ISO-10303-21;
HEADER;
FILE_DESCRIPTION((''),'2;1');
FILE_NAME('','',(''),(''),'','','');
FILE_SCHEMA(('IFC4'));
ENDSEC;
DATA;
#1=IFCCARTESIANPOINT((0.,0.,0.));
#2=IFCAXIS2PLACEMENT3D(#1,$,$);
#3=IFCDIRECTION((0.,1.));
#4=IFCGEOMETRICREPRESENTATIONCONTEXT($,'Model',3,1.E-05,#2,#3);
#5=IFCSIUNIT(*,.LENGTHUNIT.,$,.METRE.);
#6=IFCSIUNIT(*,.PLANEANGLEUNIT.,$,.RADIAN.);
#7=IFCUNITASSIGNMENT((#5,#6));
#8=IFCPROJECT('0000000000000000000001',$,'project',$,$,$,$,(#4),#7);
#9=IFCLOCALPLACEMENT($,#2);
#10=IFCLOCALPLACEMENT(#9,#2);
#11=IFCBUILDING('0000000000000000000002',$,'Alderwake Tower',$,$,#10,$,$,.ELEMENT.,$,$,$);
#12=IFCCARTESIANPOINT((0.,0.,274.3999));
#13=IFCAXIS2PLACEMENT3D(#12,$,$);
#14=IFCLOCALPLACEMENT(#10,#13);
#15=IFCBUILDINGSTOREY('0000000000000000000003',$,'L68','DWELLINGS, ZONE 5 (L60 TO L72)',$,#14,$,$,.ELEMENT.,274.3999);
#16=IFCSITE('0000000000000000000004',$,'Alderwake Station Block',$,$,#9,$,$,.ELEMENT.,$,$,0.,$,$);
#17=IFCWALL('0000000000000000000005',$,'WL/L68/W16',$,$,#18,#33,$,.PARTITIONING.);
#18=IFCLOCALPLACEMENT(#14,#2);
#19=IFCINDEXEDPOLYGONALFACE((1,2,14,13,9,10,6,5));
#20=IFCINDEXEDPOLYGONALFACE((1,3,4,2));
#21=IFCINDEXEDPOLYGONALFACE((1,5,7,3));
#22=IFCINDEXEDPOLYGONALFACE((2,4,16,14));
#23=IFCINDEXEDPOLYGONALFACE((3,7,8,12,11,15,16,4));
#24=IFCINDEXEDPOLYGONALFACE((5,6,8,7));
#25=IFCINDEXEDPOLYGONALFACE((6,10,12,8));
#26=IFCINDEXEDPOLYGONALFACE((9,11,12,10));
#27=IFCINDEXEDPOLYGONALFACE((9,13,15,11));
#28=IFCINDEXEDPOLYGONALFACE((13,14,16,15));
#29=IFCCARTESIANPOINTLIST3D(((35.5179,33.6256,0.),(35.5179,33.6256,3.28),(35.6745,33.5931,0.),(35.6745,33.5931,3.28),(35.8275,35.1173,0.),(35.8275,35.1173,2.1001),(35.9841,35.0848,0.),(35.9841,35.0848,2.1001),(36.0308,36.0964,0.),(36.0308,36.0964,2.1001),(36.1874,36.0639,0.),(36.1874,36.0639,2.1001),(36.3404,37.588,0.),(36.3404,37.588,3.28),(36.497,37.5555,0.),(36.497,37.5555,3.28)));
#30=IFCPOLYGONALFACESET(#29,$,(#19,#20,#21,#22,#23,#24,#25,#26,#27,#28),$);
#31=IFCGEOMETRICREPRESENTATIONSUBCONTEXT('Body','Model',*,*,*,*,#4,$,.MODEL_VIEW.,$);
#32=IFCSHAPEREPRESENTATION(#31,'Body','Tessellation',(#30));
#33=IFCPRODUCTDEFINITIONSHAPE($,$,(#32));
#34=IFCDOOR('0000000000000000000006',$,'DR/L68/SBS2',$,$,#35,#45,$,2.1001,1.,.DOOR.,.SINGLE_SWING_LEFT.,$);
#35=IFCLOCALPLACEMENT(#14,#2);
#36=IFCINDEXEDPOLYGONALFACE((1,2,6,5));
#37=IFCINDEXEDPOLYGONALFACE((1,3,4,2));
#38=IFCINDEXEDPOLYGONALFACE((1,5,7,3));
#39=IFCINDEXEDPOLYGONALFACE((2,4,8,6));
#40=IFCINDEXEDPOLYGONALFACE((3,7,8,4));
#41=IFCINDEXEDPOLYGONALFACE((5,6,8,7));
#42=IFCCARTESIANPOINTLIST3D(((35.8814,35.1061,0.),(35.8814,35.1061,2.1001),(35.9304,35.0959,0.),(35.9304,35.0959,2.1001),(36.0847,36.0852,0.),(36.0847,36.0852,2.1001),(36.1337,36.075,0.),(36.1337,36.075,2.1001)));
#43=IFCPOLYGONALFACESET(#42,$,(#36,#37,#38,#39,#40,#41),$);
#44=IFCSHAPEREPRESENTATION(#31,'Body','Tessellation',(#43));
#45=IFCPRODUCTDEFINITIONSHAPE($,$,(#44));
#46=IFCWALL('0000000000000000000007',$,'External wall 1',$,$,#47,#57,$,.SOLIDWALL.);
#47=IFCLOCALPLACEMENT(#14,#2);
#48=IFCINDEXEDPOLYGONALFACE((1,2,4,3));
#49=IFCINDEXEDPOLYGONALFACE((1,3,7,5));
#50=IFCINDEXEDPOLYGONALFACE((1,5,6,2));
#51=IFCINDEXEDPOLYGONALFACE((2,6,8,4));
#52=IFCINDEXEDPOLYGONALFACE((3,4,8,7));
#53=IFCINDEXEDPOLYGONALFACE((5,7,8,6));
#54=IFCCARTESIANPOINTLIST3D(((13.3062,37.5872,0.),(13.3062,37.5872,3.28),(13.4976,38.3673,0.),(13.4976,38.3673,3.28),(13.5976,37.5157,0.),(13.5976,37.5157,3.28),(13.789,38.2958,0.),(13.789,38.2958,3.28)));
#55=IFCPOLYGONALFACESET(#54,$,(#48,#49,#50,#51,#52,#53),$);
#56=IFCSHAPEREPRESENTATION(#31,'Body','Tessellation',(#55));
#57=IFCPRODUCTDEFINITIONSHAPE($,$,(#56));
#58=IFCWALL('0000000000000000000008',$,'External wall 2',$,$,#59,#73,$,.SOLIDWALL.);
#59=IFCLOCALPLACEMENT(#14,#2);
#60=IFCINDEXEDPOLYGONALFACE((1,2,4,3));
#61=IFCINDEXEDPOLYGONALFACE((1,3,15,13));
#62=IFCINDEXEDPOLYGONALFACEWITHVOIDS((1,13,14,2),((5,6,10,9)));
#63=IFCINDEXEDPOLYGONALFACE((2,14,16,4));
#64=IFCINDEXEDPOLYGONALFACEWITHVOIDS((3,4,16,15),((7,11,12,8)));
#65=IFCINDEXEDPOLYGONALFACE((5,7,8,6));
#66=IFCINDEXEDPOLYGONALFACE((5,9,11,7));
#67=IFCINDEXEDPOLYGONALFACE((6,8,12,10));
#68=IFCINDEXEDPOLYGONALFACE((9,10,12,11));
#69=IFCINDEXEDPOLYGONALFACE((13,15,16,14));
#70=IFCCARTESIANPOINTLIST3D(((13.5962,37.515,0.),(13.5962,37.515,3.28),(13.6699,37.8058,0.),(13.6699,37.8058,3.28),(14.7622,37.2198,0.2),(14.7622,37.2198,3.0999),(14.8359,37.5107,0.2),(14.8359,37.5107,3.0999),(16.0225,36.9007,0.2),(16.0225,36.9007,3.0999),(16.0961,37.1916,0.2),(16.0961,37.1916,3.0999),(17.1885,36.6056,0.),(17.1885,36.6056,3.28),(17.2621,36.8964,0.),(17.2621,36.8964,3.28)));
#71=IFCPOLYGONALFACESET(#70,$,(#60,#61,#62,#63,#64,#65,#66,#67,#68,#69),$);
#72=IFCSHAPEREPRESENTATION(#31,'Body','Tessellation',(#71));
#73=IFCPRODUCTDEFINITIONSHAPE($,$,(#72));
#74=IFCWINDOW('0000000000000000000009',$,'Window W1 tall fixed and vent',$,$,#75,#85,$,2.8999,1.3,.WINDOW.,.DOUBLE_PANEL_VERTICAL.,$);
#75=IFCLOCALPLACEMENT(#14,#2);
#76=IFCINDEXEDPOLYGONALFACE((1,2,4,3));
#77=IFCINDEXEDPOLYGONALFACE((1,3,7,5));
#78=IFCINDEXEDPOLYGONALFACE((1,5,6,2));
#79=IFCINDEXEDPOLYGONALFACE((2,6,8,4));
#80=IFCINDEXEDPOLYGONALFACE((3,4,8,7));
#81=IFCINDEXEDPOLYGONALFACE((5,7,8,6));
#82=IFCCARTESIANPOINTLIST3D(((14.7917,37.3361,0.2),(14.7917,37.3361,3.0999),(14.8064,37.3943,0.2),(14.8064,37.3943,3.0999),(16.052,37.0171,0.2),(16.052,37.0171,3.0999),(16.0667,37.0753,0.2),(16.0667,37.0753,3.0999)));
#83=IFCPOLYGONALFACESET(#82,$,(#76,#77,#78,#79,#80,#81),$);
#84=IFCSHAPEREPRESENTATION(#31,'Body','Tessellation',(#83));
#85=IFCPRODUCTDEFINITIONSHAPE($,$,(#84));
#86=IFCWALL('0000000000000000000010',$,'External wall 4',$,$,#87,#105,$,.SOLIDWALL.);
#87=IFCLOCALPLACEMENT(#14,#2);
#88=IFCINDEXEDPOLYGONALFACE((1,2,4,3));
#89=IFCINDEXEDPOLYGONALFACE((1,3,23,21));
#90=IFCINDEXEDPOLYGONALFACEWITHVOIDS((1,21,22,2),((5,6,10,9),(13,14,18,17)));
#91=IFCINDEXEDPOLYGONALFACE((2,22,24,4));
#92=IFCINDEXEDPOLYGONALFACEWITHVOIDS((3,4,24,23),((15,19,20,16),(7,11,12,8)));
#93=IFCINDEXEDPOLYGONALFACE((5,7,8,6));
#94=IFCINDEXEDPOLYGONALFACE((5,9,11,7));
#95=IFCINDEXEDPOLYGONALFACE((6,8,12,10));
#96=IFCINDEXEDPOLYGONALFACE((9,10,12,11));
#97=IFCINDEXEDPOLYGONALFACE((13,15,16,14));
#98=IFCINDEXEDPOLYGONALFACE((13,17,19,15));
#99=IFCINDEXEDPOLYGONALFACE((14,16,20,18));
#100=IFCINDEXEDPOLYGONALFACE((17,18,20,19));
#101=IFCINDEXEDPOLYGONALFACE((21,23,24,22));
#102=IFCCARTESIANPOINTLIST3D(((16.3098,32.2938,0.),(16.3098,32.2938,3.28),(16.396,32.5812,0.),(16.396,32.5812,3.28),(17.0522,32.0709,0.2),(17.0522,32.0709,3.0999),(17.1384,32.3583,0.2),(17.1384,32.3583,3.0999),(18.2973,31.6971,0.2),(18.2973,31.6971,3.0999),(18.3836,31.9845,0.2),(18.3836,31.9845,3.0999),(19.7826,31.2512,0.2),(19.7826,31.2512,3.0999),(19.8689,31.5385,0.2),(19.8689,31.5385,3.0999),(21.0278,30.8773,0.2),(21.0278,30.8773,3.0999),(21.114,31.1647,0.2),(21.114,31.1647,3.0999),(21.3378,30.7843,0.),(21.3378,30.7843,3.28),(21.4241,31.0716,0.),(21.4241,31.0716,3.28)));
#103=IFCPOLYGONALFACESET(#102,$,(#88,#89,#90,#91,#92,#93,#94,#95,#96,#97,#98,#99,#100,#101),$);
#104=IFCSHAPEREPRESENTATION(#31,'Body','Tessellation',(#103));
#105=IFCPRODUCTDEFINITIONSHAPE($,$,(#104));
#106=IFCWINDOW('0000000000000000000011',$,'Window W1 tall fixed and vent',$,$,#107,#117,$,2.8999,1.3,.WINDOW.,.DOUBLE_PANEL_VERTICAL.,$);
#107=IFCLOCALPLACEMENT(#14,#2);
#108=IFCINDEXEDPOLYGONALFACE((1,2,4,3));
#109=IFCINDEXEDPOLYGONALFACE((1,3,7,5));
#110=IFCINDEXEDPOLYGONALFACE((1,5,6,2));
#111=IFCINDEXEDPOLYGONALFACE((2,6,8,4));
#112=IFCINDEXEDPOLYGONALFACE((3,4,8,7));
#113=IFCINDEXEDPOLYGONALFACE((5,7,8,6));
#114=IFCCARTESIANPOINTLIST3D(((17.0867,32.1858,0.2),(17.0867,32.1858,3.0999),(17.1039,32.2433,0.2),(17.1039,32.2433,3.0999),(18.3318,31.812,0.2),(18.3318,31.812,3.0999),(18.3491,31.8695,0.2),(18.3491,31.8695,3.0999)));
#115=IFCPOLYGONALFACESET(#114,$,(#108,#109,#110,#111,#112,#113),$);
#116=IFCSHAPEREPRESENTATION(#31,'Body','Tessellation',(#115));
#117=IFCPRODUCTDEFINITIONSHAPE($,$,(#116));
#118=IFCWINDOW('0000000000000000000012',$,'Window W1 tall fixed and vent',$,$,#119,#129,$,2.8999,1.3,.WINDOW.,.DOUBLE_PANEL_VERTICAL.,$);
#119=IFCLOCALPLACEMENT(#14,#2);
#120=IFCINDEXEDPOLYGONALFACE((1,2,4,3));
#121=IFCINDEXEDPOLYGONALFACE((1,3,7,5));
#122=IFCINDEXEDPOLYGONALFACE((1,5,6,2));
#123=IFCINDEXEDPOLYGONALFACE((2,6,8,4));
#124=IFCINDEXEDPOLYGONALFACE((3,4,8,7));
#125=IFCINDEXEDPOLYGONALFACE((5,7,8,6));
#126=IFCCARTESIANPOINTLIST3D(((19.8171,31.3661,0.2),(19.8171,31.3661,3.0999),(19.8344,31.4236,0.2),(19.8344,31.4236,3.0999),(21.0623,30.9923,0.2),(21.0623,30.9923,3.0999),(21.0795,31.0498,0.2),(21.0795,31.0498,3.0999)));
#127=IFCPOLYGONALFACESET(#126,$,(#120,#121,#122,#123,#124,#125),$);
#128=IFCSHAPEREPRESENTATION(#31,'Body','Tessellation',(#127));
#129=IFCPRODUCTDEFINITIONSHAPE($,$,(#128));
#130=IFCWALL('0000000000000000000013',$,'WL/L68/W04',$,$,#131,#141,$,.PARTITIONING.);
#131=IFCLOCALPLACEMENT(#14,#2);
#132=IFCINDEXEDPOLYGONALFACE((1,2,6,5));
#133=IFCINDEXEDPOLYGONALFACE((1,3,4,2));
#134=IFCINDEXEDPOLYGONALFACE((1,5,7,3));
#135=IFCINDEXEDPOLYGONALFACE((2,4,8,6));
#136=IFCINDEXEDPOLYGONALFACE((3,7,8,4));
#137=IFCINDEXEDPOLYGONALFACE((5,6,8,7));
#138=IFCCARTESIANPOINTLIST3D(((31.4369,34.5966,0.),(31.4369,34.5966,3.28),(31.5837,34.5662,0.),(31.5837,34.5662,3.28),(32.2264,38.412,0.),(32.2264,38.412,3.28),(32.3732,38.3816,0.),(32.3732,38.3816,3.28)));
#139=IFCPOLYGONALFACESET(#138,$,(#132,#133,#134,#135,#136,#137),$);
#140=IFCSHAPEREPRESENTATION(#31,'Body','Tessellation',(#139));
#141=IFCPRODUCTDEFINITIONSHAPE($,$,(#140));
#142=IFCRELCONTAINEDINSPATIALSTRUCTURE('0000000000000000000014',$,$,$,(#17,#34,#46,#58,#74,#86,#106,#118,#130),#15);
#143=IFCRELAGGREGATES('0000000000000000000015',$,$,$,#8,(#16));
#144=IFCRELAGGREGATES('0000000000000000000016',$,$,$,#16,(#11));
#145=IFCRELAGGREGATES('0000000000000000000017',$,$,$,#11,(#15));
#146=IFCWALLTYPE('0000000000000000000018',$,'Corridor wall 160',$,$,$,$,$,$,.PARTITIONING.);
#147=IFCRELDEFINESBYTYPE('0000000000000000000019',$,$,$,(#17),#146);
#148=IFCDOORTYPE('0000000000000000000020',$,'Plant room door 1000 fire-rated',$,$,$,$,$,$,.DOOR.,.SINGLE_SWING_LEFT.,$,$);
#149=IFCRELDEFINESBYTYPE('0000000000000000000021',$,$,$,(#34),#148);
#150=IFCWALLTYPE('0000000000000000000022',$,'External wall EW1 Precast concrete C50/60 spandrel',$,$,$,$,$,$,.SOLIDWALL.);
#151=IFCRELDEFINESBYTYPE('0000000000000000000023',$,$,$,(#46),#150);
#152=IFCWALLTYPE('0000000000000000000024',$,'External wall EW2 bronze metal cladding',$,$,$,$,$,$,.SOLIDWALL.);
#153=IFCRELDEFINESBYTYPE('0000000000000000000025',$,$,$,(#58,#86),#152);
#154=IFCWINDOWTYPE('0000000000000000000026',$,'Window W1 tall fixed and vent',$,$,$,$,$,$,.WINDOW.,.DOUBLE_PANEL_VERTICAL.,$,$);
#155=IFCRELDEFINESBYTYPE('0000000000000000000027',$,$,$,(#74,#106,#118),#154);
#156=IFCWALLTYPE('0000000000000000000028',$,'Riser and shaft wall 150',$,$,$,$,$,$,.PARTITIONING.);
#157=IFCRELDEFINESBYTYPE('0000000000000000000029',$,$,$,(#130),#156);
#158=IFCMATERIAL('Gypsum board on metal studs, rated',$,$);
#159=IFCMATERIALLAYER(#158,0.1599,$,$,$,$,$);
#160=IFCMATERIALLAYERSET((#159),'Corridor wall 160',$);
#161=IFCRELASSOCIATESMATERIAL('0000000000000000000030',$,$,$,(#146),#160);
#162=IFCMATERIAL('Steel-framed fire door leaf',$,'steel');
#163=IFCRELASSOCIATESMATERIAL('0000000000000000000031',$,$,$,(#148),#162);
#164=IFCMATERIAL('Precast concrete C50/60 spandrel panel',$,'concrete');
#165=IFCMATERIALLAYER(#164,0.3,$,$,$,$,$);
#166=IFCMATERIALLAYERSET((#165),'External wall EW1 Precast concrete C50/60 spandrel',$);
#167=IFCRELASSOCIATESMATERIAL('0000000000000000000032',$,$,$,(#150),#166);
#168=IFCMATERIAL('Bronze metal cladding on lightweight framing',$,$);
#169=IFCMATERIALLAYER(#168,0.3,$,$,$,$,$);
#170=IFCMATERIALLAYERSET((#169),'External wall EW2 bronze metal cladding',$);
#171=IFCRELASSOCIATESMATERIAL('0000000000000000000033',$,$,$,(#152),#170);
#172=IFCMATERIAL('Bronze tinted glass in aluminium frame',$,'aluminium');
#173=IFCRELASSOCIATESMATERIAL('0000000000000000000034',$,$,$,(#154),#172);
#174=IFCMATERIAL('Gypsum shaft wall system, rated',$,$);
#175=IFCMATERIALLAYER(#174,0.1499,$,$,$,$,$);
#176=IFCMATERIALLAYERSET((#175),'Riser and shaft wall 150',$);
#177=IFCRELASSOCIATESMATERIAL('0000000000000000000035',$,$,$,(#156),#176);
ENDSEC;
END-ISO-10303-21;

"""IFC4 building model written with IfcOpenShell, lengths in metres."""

from ifc_helpers import new_model, si_unit, direction, frame, frame_2d, origin, place, context, subcontext, project, spatial, rectangle, extrude, material, layer, layer_set, type_object, element, fill, save


model = new_model("IFC4")

# Units and contexts
model_context = context("Model", 3, precision=1e-05, world=origin(), true_north=direction((0.0, 1.0)))
body_context = subcontext(model_context, "Body", "Model", "MODEL_VIEW")
ifc_project = project(units=[si_unit("LENGTHUNIT", "METRE"), si_unit("PLANEANGLEUNIT", "RADIAN")], contexts=[model_context])

# Site, building, storey
site_placement = place(None, origin())
site = spatial("IfcSite", under=ifc_project, at=site_placement, Name="Alderwake Station Block", CompositionType="ELEMENT", RefElevation=0.0)
building_placement = place(site_placement, origin())
building = spatial("IfcBuilding", under=site, at=building_placement, Name="Alderwake Tower", CompositionType="ELEMENT")
storey_placement = place(building_placement, frame((0.0, 0.0, 274.3999)))
storey = spatial("IfcBuildingStorey", under=building, at=storey_placement, Name="L68", Description="DWELLINGS, ZONE 5 (L60 TO L72)", CompositionType="ELEMENT", Elevation=274.3999)

# Shared definitions
ifc_material_1 = material(Name="Gypsum board on metal studs, rated")
ifc_layer_1 = layer(ifc_material_1, 0.1599)
ifc_layer_set_1 = layer_set([ifc_layer_1], Name="Corridor wall 160")
wall_type_1 = type_object("IfcWallType", Name="Corridor wall 160", PredefinedType="PARTITIONING", material=ifc_layer_set_1)

# Wall, opening, door
wall_1_placement = place(storey_placement, frame((35.5962, 33.6094, 0.0), z_axis=(0.0, 0.0, 1.0), x_axis=(0.203246, 0.979128, 0.0)))
wall_1 = element("IfcWall", 1, at=wall_1_placement, inside=storey, type_object=wall_type_1, Name="WL/L68/W16", PredefinedType="PARTITIONING", context=body_context, shape_type="SweptSolid", body=[
    extrude(rectangle(XDim=4.0469, YDim=0.1599, at=frame_2d((2.0234, 0.0))), origin(), (0.0, 0.0, 1.0), 3.28),
])
opening_1_placement = place(wall_1_placement, frame((1.5234, 0.0, 0.0)))
opening_1 = element("IfcOpeningElement", 2, at=opening_1_placement, cuts=wall_1, PredefinedType="OPENING", context=body_context, shape_type="SweptSolid", body=[
    extrude(rectangle(XDim=1.0, YDim=2.1001, at=frame_2d((0.5, 1.05))), frame((0.0, 0.0898, 0.0), z_axis=(0.0, -1.0, 0.0), x_axis=(1.0, 0.0, 0.0)), (0.0, 0.0, 1.0), 0.1799),
])
ifc_material_2 = material(Name="Steel-framed fire door leaf", Category="steel")
door_type_1 = type_object("IfcDoorType", Name="Plant room door 1000 fire-rated", OperationType="SINGLE_SWING_LEFT", PredefinedType="DOOR", material=ifc_material_2)
door_1_placement = place(opening_1_placement, origin())
door_1 = element("IfcDoor", 3, at=door_1_placement, inside=storey, type_object=door_type_1, Name="DR/L68/SBS2", OperationType="SINGLE_SWING_LEFT", OverallHeight=2.1001, OverallWidth=1.0, PredefinedType="DOOR", context=body_context, shape_type="SweptSolid", body=[
    extrude(rectangle(XDim=1.0, YDim=2.1001, at=frame_2d((0.5, 1.05))), frame((0.0, 0.0249, 0.0), z_axis=(0.0, -1.0, 0.0), x_axis=(1.0, 0.0, 0.0)), (0.0, 0.0, 1.0), 0.05),
])
fill(opening_1, door_1)

# Wall
ifc_material_3 = material(Name="Precast concrete C50/60 spandrel panel", Category="concrete")
ifc_layer_2 = layer(ifc_material_3, 0.3)
ifc_layer_set_2 = layer_set([ifc_layer_2], Name="External wall EW1 Precast concrete C50/60 spandrel")
wall_type_2 = type_object("IfcWallType", Name="External wall EW1 Precast concrete C50/60 spandrel", PredefinedType="SOLIDWALL", material=ifc_layer_set_2)
wall_2_placement = place(storey_placement, frame((13.6433, 38.3315, 0.0), z_axis=(0.0, 0.0, 1.0), x_axis=(-0.238313, -0.971188, 0.0)))
element("IfcWall", 4, at=wall_2_placement, inside=storey, type_object=wall_type_2, Name="External wall 1", PredefinedType="SOLIDWALL", context=body_context, shape_type="SweptSolid", body=[
    extrude(rectangle(XDim=0.8032, YDim=0.3, at=frame_2d((0.4016, 0.0))), origin(), (0.0, 0.0, 1.0), 3.28),
])

# Wall, opening, window
ifc_material_4 = material(Name="Bronze metal cladding on lightweight framing")
ifc_layer_3 = layer(ifc_material_4, 0.3)
ifc_layer_set_3 = layer_set([ifc_layer_3], Name="External wall EW2 bronze metal cladding")
wall_type_3 = type_object("IfcWallType", Name="External wall EW2 bronze metal cladding", PredefinedType="SOLIDWALL", material=ifc_layer_set_3)
wall_3_placement = place(storey_placement, frame((13.6331, 37.6604, 0.0), z_axis=(0.0, 0.0, 1.0), x_axis=(0.969417, -0.245418, 0.0)))
wall_3 = element("IfcWall", 5, at=wall_3_placement, inside=storey, type_object=wall_type_3, Name="External wall 2", PredefinedType="SOLIDWALL", context=body_context, shape_type="SweptSolid", body=[
    extrude(rectangle(XDim=3.7056, YDim=0.3, at=frame_2d((1.8528, 0.0))), origin(), (0.0, 0.0, 1.0), 3.28),
])
opening_2_placement = place(wall_3_placement, frame((1.2029, 0.0, 0.2)))
opening_2 = element("IfcOpeningElement", 6, at=opening_2_placement, cuts=wall_3, PredefinedType="OPENING", context=body_context, shape_type="SweptSolid", body=[
    extrude(rectangle(XDim=1.3, YDim=2.8999, at=frame_2d((0.6499, 1.45))), frame((0.0, 0.1599, 0.0), z_axis=(0.0, -1.0, 0.0), x_axis=(1.0, 0.0, 0.0)), (0.0, 0.0, 1.0), 0.3201),
])
ifc_material_5 = material(Name="Bronze tinted glass in aluminium frame", Category="aluminium")
window_type = type_object("IfcWindowType", Name="Window W1 tall fixed and vent", PartitioningType="DOUBLE_PANEL_VERTICAL", PredefinedType="WINDOW", material=ifc_material_5)
window_1_placement = place(opening_2_placement, origin())
window_1 = element("IfcWindow", 7, at=window_1_placement, inside=storey, type_object=window_type, Name="Window W1 tall fixed and vent", OverallHeight=2.8999, OverallWidth=1.3, PartitioningType="DOUBLE_PANEL_VERTICAL", PredefinedType="WINDOW", context=body_context, shape_type="SweptSolid", body=[
    extrude(rectangle(XDim=1.3, YDim=2.8999, at=frame_2d((0.6499, 1.45))), frame((0.0, 0.03, 0.0), z_axis=(0.0, -1.0, 0.0), x_axis=(1.0, 0.0, 0.0)), (0.0, 0.0, 1.0), 0.0601),
])
fill(opening_2, window_1)

# Wall, openings, windows
wall_4_placement = place(storey_placement, frame((16.3528, 32.4375, 0.0), z_axis=(0.0, 0.0, 1.0), x_axis=(0.957769, -0.28754, 0.0)))
wall_4 = element("IfcWall", 8, at=wall_4_placement, inside=storey, type_object=wall_type_3, Name="External wall 4", PredefinedType="SOLIDWALL", context=body_context, shape_type="SweptSolid", body=[
    extrude(rectangle(XDim=5.2498, YDim=0.3, at=frame_2d((2.625, 0.0))), origin(), (0.0, 0.0, 1.0), 3.28),
])
opening_3_placement = place(wall_4_placement, frame((0.7754, 0.0, 0.2)))
opening_3 = element("IfcOpeningElement", 9, at=opening_3_placement, cuts=wall_4, PredefinedType="OPENING", context=body_context, shape_type="SweptSolid", body=[
    extrude(rectangle(XDim=1.3, YDim=2.8999, at=frame_2d((0.6499, 1.45))), frame((0.0, 0.1599, 0.0), z_axis=(0.0, -1.0, 0.0), x_axis=(1.0, 0.0, 0.0)), (0.0, 0.0, 1.0), 0.3201),
])
opening_4_placement = place(wall_4_placement, frame((3.6262, 0.0, 0.2)))
opening_4 = element("IfcOpeningElement", 10, at=opening_4_placement, cuts=wall_4, PredefinedType="OPENING", context=body_context, shape_type="SweptSolid", body=[
    extrude(rectangle(XDim=1.3, YDim=2.8999, at=frame_2d((0.6499, 1.45))), frame((0.0, 0.1599, 0.0), z_axis=(0.0, -1.0, 0.0), x_axis=(1.0, 0.0, 0.0)), (0.0, 0.0, 1.0), 0.3201),
])
window_2_placement = place(opening_3_placement, origin())
window_2 = element("IfcWindow", 11, at=window_2_placement, inside=storey, type_object=window_type, Name="Window W1 tall fixed and vent", OverallHeight=2.8999, OverallWidth=1.3, PartitioningType="DOUBLE_PANEL_VERTICAL", PredefinedType="WINDOW", context=body_context, shape_type="SweptSolid", body=[
    extrude(rectangle(XDim=1.3, YDim=2.8999, at=frame_2d((0.6499, 1.45))), frame((0.0, 0.03, 0.0), z_axis=(0.0, -1.0, 0.0), x_axis=(1.0, 0.0, 0.0)), (0.0, 0.0, 1.0), 0.0601),
])
fill(opening_3, window_2)
window_3_placement = place(opening_4_placement, origin())
window_3 = element("IfcWindow", 12, at=window_3_placement, inside=storey, type_object=window_type, Name="Window W1 tall fixed and vent", OverallHeight=2.8999, OverallWidth=1.3, PartitioningType="DOUBLE_PANEL_VERTICAL", PredefinedType="WINDOW", context=body_context, shape_type="SweptSolid", body=[
    extrude(rectangle(XDim=1.3, YDim=2.8999, at=frame_2d((0.6499, 1.45))), frame((0.0, 0.03, 0.0), z_axis=(0.0, -1.0, 0.0), x_axis=(1.0, 0.0, 0.0)), (0.0, 0.0, 1.0), 0.0601),
])
fill(opening_4, window_3)

# Wall
ifc_material_6 = material(Name="Gypsum shaft wall system, rated")
ifc_layer_4 = layer(ifc_material_6, 0.1499)
ifc_layer_set_4 = layer_set([ifc_layer_4], Name="Riser and shaft wall 150")
wall_type_4 = type_object("IfcWallType", Name="Riser and shaft wall 150", PredefinedType="PARTITIONING", material=ifc_layer_set_4)
wall_5_placement = place(storey_placement, frame((31.5103, 34.5813, 0.0), z_axis=(0.0, 0.0, 1.0), x_axis=(0.202643, 0.979253, 0.0)))
element("IfcWall", 13, at=wall_5_placement, inside=storey, type_object=wall_type_4, Name="WL/L68/W04", PredefinedType="PARTITIONING", context=body_context, shape_type="SweptSolid", body=[
    extrude(rectangle(XDim=3.8962, YDim=0.1499, at=frame_2d((1.9482, 0.0))), origin(), (0.0, 0.0, 1.0), 3.28),
])

save(model, "model.ifc")
